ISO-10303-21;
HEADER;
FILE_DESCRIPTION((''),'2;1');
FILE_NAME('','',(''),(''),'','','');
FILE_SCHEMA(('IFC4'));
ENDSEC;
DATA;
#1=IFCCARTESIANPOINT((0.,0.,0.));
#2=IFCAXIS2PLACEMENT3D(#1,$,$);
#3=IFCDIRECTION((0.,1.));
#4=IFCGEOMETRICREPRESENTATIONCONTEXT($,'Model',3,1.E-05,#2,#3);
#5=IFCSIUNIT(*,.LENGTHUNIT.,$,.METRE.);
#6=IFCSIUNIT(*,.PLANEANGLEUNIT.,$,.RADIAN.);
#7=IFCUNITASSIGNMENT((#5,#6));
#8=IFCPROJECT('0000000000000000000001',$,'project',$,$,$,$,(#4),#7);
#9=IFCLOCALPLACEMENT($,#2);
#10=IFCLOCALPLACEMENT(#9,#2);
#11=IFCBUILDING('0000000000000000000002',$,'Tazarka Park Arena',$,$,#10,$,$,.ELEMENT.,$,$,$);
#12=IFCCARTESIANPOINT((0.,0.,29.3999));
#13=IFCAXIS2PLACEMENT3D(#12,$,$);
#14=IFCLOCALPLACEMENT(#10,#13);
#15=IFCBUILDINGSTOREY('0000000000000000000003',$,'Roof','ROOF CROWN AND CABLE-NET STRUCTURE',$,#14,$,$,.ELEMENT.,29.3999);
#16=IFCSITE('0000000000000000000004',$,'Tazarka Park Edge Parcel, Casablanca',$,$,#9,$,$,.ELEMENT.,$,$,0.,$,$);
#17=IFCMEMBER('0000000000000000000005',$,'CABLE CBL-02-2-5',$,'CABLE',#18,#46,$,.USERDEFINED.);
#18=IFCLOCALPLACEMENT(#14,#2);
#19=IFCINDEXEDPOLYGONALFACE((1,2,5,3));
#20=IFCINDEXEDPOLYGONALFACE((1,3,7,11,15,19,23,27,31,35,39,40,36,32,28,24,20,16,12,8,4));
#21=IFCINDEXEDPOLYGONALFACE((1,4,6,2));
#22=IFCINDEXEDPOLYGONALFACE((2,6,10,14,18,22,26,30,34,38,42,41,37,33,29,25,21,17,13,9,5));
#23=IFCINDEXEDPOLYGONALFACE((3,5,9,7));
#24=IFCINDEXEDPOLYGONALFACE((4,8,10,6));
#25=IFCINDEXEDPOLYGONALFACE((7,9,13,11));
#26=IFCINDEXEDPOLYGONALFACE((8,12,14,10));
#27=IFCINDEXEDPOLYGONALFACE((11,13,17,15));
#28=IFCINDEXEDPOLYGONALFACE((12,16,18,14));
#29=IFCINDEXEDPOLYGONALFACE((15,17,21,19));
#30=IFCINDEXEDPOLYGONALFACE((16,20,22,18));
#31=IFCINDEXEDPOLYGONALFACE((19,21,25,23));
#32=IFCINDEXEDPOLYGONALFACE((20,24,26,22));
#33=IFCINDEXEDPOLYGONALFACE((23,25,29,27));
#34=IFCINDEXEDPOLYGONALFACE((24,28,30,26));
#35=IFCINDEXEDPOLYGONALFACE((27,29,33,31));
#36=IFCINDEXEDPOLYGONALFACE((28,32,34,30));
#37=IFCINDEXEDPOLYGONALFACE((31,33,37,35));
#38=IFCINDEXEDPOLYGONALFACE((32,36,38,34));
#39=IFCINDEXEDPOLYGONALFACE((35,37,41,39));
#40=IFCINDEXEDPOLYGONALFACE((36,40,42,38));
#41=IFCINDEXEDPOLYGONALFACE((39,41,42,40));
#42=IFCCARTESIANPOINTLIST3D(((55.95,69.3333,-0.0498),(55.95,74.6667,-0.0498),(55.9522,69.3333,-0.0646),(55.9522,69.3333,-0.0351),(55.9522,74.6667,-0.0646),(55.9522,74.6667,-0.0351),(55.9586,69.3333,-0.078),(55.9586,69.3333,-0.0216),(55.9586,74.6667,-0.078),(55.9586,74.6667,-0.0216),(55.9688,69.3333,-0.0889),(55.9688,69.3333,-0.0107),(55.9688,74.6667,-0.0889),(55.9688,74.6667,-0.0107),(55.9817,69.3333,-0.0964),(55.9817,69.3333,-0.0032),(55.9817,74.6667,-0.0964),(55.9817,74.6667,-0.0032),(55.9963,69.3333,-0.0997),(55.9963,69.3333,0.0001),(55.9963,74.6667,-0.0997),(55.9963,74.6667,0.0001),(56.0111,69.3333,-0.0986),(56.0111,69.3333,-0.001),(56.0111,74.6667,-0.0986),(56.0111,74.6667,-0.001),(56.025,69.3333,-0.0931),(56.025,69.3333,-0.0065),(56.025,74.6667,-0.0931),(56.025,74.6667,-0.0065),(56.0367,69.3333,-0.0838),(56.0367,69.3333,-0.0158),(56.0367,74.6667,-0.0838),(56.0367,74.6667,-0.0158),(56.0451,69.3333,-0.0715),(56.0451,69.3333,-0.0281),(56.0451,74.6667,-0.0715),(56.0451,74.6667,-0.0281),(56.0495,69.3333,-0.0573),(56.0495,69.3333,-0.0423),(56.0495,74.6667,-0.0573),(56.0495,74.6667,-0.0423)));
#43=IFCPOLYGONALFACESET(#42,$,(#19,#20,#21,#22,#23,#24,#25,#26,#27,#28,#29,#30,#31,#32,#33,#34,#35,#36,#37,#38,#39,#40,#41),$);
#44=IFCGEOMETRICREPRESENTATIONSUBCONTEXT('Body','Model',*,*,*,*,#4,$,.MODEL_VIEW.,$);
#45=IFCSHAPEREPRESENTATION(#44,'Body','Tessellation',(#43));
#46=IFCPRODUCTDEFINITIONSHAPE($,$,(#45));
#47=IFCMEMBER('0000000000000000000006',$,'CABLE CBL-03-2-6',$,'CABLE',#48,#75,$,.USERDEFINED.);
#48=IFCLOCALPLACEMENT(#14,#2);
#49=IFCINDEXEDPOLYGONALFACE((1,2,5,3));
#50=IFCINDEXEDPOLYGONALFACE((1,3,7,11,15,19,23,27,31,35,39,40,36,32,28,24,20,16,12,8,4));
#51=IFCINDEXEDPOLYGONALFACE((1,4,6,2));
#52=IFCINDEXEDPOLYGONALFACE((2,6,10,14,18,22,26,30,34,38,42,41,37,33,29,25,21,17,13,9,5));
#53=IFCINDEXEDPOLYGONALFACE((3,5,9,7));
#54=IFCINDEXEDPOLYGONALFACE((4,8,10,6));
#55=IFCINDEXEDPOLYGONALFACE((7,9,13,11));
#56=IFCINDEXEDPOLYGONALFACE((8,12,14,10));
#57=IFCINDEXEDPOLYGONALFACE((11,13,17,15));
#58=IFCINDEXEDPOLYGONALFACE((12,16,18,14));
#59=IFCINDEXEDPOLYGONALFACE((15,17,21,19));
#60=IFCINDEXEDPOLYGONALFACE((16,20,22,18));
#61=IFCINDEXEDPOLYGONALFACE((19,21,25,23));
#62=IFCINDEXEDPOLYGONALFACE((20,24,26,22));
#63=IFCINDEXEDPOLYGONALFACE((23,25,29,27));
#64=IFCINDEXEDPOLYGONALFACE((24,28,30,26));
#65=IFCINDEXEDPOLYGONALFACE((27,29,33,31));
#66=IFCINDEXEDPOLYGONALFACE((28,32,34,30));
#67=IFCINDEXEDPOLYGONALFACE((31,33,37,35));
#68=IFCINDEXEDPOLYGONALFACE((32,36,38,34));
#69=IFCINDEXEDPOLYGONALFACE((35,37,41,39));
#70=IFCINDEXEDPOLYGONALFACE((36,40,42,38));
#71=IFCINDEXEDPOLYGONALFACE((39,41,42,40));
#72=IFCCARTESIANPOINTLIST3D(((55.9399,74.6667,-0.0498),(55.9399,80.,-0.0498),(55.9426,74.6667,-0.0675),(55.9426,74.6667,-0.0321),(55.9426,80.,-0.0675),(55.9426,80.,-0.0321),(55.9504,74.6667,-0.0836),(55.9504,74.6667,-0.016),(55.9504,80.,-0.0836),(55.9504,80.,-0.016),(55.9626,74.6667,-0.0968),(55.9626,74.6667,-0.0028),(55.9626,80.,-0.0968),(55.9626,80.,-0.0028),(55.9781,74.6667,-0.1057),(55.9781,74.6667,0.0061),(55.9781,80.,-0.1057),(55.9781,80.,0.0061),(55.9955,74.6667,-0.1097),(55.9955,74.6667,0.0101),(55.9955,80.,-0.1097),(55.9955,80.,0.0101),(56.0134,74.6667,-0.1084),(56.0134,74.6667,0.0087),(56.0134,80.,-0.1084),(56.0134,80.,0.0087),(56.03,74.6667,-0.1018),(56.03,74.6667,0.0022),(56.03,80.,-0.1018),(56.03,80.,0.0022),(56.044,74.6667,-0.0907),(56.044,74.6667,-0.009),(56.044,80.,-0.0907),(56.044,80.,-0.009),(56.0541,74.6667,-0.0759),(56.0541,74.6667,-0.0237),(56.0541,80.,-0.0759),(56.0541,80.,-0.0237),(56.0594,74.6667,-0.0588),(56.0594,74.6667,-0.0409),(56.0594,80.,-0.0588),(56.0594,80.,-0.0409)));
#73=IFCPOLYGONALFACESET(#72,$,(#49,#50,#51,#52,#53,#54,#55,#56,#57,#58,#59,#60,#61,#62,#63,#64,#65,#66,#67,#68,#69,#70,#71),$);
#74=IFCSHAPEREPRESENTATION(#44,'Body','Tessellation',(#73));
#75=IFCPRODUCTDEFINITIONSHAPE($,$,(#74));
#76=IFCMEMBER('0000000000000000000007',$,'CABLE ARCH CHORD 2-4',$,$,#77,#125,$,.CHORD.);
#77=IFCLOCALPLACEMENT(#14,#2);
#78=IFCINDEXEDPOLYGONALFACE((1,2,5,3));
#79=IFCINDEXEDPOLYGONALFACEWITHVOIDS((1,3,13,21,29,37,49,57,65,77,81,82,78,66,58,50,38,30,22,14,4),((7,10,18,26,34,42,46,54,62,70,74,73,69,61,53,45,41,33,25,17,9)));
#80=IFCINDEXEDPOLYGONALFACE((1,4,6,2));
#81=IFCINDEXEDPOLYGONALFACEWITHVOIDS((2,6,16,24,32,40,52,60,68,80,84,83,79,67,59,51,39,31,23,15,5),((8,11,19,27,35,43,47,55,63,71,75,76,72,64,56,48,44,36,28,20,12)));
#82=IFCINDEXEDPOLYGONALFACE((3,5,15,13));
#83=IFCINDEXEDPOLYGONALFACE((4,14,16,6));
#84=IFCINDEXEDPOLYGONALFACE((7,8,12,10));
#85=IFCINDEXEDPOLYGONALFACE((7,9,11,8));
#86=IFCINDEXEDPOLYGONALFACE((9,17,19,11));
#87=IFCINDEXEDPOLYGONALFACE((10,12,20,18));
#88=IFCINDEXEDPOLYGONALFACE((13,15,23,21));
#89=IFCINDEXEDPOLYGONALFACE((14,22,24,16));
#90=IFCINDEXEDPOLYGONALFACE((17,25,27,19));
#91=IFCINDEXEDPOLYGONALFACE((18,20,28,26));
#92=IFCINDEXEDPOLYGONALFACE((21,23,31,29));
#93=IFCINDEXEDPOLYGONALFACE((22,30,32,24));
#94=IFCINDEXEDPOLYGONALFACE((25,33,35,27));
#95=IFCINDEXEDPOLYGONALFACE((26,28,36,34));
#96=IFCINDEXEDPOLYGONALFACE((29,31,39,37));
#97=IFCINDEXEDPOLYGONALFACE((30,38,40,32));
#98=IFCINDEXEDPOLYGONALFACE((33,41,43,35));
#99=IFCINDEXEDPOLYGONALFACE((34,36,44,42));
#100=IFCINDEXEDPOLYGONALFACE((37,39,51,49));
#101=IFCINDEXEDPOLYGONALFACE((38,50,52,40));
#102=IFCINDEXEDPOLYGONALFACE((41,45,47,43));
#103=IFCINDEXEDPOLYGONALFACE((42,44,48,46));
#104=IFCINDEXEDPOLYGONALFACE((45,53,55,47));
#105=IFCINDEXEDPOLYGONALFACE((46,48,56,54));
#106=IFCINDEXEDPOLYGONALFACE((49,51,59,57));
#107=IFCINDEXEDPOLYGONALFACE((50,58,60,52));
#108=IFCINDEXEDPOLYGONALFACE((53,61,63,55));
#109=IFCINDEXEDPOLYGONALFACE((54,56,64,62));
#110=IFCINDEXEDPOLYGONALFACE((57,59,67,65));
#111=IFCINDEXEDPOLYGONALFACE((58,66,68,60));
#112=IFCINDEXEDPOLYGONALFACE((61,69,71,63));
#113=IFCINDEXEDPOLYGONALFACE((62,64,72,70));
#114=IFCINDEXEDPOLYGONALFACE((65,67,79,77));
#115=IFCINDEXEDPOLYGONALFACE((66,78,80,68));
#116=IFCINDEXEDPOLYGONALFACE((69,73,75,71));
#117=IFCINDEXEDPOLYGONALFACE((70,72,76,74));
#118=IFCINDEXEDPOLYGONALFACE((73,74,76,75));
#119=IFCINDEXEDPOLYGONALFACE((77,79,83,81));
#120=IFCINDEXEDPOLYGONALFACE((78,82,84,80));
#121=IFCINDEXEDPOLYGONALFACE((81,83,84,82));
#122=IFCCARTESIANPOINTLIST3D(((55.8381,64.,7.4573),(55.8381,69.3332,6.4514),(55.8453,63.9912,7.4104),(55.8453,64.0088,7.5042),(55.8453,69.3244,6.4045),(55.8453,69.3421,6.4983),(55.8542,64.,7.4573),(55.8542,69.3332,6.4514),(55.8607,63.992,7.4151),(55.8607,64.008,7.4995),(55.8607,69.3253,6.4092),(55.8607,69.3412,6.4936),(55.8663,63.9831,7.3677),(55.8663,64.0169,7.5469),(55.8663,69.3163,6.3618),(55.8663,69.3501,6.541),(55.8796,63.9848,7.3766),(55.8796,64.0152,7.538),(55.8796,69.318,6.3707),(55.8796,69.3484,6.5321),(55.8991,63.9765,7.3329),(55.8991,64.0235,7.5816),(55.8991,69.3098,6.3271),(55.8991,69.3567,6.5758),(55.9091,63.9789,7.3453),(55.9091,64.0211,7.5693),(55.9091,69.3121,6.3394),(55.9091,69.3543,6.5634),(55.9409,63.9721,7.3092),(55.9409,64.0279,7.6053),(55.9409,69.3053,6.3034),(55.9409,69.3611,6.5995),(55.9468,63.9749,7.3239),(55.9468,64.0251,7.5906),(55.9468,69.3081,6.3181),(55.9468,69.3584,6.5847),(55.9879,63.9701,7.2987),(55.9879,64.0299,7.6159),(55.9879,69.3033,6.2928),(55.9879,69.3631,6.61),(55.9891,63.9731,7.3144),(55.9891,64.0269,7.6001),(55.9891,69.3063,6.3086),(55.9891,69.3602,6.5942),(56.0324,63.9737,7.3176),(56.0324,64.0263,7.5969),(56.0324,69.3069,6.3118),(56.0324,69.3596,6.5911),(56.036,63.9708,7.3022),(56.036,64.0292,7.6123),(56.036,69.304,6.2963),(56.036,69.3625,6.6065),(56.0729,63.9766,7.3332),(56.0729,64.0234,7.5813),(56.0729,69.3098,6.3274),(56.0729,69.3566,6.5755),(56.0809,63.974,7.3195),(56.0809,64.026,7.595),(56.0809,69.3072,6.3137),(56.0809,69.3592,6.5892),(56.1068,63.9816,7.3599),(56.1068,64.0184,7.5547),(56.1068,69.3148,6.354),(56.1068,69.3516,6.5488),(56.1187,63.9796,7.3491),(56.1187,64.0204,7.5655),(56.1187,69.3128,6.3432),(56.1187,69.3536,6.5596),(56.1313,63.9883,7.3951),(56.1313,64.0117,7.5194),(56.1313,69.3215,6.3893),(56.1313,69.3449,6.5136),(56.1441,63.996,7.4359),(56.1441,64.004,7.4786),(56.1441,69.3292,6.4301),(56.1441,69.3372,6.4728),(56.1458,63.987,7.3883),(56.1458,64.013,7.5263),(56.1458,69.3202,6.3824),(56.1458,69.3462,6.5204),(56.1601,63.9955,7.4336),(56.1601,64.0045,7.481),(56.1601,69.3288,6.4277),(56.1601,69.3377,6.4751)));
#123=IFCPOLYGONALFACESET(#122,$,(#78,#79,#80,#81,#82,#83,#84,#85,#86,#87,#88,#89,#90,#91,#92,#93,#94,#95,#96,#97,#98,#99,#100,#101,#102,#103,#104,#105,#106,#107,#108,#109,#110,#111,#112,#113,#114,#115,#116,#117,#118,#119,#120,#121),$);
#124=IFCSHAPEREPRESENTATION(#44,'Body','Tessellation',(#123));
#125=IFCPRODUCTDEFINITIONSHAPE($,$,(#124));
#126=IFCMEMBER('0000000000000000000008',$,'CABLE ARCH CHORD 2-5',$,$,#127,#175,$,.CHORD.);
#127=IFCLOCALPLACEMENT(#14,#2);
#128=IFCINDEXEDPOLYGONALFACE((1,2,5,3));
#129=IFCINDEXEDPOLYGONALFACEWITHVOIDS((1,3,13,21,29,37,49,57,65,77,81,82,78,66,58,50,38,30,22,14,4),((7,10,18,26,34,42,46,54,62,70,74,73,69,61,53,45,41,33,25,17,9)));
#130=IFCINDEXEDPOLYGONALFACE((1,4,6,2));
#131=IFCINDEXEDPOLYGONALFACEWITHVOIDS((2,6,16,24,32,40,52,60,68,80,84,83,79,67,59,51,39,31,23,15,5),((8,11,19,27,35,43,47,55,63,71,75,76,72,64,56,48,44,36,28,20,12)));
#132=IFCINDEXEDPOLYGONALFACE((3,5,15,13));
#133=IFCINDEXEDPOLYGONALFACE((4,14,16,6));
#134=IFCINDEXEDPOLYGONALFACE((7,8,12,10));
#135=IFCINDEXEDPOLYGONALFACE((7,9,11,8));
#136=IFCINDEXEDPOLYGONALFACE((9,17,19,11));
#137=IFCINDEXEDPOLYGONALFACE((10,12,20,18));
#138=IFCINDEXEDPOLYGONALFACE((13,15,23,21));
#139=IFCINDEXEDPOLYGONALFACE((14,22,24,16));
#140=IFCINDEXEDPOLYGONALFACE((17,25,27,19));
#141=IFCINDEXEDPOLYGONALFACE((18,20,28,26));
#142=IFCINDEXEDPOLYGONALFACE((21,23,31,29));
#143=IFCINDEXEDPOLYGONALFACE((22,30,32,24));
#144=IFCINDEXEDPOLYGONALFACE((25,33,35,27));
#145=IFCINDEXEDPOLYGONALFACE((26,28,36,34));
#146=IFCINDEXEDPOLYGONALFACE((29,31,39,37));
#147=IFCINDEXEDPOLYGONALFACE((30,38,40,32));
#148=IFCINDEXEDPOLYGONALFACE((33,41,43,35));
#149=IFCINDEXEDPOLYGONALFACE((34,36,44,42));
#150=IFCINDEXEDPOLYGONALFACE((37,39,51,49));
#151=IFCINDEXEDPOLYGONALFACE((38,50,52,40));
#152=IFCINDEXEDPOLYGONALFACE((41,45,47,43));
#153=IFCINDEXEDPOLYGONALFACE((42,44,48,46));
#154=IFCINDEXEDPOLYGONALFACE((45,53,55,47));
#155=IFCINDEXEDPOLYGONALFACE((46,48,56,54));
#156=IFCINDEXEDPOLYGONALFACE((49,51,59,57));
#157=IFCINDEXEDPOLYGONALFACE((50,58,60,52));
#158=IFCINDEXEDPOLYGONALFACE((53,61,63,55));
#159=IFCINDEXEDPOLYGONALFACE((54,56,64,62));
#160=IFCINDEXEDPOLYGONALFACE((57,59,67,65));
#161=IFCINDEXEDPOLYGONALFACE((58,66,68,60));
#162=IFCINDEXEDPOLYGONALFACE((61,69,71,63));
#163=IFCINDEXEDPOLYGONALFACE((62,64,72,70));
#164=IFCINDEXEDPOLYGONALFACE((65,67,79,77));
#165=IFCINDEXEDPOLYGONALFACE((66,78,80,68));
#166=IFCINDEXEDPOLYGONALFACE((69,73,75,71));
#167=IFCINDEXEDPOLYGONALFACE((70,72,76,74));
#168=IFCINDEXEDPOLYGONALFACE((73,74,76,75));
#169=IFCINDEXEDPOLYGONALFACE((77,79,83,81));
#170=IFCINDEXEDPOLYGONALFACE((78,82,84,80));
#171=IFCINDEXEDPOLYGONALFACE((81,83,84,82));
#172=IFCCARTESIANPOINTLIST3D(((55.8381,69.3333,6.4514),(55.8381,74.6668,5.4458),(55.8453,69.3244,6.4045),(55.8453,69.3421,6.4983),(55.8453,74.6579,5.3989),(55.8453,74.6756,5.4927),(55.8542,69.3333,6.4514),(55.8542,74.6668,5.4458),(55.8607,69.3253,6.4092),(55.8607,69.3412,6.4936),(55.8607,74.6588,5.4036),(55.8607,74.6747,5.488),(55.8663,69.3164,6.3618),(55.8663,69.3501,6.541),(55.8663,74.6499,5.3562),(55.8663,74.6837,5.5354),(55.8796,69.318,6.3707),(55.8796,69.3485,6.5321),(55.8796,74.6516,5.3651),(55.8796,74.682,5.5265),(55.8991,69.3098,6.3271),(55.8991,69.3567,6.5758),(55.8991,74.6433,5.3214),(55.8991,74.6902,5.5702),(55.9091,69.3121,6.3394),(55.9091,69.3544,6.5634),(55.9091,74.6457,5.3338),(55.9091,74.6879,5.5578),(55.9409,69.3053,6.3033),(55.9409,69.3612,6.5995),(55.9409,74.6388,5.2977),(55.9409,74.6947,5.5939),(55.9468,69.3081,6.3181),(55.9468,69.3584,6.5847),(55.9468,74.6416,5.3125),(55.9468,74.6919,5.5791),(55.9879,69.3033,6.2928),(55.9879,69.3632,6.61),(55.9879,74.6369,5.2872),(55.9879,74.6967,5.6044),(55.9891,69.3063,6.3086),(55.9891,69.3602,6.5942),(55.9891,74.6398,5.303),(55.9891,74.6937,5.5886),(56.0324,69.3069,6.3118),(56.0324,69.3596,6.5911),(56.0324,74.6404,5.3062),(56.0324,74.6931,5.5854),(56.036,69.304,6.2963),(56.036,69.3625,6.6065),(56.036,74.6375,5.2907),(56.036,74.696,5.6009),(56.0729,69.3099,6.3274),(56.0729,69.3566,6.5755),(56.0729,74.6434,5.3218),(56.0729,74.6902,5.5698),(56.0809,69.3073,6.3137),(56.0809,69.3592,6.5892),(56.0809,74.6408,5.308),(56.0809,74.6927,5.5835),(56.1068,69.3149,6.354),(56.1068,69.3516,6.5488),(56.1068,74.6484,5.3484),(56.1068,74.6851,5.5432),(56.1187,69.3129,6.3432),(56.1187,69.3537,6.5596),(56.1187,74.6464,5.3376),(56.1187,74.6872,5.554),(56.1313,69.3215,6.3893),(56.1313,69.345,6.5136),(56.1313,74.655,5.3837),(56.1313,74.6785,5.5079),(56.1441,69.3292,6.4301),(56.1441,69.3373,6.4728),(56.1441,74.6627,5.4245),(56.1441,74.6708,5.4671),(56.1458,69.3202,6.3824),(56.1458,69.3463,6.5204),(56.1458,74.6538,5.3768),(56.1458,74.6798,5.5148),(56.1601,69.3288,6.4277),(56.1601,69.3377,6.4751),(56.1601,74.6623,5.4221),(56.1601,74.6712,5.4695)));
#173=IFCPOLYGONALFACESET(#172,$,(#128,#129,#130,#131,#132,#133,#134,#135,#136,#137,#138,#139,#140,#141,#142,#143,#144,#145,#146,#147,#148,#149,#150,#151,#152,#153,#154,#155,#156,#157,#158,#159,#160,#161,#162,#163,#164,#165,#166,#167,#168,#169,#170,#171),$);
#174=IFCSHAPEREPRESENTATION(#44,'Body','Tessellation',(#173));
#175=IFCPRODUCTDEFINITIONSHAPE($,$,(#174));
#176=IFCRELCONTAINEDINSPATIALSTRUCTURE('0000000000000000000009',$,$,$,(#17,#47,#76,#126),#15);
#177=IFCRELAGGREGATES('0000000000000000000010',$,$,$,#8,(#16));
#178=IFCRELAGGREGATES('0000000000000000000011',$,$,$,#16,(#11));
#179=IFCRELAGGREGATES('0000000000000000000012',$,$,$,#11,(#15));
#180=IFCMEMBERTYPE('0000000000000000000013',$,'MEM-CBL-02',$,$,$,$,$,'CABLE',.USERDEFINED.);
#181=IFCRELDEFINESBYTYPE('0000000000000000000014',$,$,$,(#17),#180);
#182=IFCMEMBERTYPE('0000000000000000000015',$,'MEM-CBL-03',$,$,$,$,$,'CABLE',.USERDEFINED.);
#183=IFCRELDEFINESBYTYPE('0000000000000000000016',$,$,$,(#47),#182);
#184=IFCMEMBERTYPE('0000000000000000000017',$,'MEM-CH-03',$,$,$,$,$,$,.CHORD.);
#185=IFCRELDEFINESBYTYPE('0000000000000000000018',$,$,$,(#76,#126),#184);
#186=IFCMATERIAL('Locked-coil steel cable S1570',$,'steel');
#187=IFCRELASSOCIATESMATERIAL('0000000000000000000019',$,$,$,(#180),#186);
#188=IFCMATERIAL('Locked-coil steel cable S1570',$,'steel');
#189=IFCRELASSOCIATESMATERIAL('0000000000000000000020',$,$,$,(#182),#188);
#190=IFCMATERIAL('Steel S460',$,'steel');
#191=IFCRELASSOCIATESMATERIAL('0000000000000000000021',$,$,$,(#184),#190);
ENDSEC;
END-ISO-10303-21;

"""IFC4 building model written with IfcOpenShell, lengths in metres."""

from ifc_helpers import new_model, si_unit, direction, frame, origin, origin_2d, place, context, subcontext, project, spatial, circle, hollow_circle, extrude, material, material_profile, profile_set, type_object, element, save


model = new_model("IFC4")

# Units and contexts
model_context = context("Model", 3, precision=1e-05, world=origin(), true_north=direction((0.0, 1.0)))
body_context = subcontext(model_context, "Body", "Model", "MODEL_VIEW")
ifc_project = project(units=[si_unit("LENGTHUNIT", "METRE"), si_unit("PLANEANGLEUNIT", "RADIAN")], contexts=[model_context])

# Site, building, storey
site_placement = place(None, origin())
site = spatial("IfcSite", under=ifc_project, at=site_placement, Name="Tazarka Park Edge Parcel, Casablanca", CompositionType="ELEMENT", RefElevation=0.0)
building_placement = place(site_placement, origin())
building = spatial("IfcBuilding", under=site, at=building_placement, Name="Tazarka Park Arena", CompositionType="ELEMENT")
storey_placement = place(building_placement, frame((0.0, 0.0, 29.3999)))
storey = spatial("IfcBuildingStorey", under=building, at=storey_placement, Name="Roof", Description="ROOF CROWN AND CABLE-NET STRUCTURE", CompositionType="ELEMENT", Elevation=29.3999)

# Members
ifc_material_1 = material(Name="Locked-coil steel cable S1570", Category="steel")
ifc_material_profile_1 = material_profile(ifc_material_1, circle(Radius=0.05, at=origin_2d()), Name="Locked-coil steel cable S1570")
ifc_profile_set_1 = profile_set([ifc_material_profile_1], Name="Locked-coil steel cable S1570")
member_type_1 = type_object("IfcMemberType", Name="MEM-CBL-02", ElementType="CABLE", PredefinedType="USERDEFINED", material=ifc_profile_set_1)
member_1_placement = place(storey_placement, frame((56.0, 69.3333, -0.0498), z_axis=(0.0, 1.0, 0.0), x_axis=(-1.0, 0.0, 0.0)))
element("IfcMember", 1, at=member_1_placement, inside=storey, type_object=member_type_1, Name="CABLE CBL-02-2-5", ObjectType="CABLE", PredefinedType="USERDEFINED", context=body_context, shape_type="SweptSolid", body=[
    extrude(circle(Radius=0.05, at=origin_2d()), origin(), (0.0, 0.0, 1.0), 5.3335),
])
ifc_material_2 = material(Name="Locked-coil steel cable S1570", Category="steel")
ifc_material_profile_2 = material_profile(ifc_material_2, circle(Radius=0.0601, at=origin_2d()), Name="Locked-coil steel cable S1570")
ifc_profile_set_2 = profile_set([ifc_material_profile_2], Name="Locked-coil steel cable S1570")
member_type_2 = type_object("IfcMemberType", Name="MEM-CBL-03", ElementType="CABLE", PredefinedType="USERDEFINED", material=ifc_profile_set_2)
member_2_placement = place(storey_placement, frame((56.0, 74.6667, -0.0498), z_axis=(0.0, 1.0, 0.0), x_axis=(-1.0, 0.0, 0.0)))
element("IfcMember", 2, at=member_2_placement, inside=storey, type_object=member_type_2, Name="CABLE CBL-03-2-6", ObjectType="CABLE", PredefinedType="USERDEFINED", context=body_context, shape_type="SweptSolid", body=[
    extrude(circle(Radius=0.0601, at=origin_2d()), origin(), (0.0, 0.0, 1.0), 5.3333),
])
ifc_material_3 = material(Name="Steel S460", Category="steel")
ifc_material_profile_3 = material_profile(ifc_material_3, hollow_circle(Radius=0.1619, WallThickness=0.0161, at=origin_2d()), Name="Steel S460")
ifc_profile_set_3 = profile_set([ifc_material_profile_3], Name="Steel S460")
member_type_3 = type_object("IfcMemberType", Name="MEM-CH-03", PredefinedType="CHORD", material=ifc_profile_set_3)
member_3_placement = place(storey_placement, frame((56.0, 64.0, 7.4573), z_axis=(0.0, 0.982676, -0.185334), x_axis=(-1.0, 0.0, 0.0)))
element("IfcMember", 3, at=member_3_placement, inside=storey, type_object=member_type_3, Name="CABLE ARCH CHORD 2-4", PredefinedType="CHORD", context=body_context, shape_type="SweptSolid", body=[
    extrude(hollow_circle(Radius=0.1619, WallThickness=0.0161, at=origin_2d()), origin(), (0.0, 0.0, 1.0), 5.4272),
])
member_4_placement = place(storey_placement, frame((56.0, 69.3333, 6.4514), z_axis=(0.0, 0.982685, -0.185282), x_axis=(-1.0, 0.0, 0.0)))
element("IfcMember", 4, at=member_4_placement, inside=storey, type_object=member_type_3, Name="CABLE ARCH CHORD 2-5", PredefinedType="CHORD", context=body_context, shape_type="SweptSolid", body=[
    extrude(hollow_circle(Radius=0.1619, WallThickness=0.0161, at=origin_2d()), origin(), (0.0, 0.0, 1.0), 5.4275),
])

save(model, "model.ifc")
